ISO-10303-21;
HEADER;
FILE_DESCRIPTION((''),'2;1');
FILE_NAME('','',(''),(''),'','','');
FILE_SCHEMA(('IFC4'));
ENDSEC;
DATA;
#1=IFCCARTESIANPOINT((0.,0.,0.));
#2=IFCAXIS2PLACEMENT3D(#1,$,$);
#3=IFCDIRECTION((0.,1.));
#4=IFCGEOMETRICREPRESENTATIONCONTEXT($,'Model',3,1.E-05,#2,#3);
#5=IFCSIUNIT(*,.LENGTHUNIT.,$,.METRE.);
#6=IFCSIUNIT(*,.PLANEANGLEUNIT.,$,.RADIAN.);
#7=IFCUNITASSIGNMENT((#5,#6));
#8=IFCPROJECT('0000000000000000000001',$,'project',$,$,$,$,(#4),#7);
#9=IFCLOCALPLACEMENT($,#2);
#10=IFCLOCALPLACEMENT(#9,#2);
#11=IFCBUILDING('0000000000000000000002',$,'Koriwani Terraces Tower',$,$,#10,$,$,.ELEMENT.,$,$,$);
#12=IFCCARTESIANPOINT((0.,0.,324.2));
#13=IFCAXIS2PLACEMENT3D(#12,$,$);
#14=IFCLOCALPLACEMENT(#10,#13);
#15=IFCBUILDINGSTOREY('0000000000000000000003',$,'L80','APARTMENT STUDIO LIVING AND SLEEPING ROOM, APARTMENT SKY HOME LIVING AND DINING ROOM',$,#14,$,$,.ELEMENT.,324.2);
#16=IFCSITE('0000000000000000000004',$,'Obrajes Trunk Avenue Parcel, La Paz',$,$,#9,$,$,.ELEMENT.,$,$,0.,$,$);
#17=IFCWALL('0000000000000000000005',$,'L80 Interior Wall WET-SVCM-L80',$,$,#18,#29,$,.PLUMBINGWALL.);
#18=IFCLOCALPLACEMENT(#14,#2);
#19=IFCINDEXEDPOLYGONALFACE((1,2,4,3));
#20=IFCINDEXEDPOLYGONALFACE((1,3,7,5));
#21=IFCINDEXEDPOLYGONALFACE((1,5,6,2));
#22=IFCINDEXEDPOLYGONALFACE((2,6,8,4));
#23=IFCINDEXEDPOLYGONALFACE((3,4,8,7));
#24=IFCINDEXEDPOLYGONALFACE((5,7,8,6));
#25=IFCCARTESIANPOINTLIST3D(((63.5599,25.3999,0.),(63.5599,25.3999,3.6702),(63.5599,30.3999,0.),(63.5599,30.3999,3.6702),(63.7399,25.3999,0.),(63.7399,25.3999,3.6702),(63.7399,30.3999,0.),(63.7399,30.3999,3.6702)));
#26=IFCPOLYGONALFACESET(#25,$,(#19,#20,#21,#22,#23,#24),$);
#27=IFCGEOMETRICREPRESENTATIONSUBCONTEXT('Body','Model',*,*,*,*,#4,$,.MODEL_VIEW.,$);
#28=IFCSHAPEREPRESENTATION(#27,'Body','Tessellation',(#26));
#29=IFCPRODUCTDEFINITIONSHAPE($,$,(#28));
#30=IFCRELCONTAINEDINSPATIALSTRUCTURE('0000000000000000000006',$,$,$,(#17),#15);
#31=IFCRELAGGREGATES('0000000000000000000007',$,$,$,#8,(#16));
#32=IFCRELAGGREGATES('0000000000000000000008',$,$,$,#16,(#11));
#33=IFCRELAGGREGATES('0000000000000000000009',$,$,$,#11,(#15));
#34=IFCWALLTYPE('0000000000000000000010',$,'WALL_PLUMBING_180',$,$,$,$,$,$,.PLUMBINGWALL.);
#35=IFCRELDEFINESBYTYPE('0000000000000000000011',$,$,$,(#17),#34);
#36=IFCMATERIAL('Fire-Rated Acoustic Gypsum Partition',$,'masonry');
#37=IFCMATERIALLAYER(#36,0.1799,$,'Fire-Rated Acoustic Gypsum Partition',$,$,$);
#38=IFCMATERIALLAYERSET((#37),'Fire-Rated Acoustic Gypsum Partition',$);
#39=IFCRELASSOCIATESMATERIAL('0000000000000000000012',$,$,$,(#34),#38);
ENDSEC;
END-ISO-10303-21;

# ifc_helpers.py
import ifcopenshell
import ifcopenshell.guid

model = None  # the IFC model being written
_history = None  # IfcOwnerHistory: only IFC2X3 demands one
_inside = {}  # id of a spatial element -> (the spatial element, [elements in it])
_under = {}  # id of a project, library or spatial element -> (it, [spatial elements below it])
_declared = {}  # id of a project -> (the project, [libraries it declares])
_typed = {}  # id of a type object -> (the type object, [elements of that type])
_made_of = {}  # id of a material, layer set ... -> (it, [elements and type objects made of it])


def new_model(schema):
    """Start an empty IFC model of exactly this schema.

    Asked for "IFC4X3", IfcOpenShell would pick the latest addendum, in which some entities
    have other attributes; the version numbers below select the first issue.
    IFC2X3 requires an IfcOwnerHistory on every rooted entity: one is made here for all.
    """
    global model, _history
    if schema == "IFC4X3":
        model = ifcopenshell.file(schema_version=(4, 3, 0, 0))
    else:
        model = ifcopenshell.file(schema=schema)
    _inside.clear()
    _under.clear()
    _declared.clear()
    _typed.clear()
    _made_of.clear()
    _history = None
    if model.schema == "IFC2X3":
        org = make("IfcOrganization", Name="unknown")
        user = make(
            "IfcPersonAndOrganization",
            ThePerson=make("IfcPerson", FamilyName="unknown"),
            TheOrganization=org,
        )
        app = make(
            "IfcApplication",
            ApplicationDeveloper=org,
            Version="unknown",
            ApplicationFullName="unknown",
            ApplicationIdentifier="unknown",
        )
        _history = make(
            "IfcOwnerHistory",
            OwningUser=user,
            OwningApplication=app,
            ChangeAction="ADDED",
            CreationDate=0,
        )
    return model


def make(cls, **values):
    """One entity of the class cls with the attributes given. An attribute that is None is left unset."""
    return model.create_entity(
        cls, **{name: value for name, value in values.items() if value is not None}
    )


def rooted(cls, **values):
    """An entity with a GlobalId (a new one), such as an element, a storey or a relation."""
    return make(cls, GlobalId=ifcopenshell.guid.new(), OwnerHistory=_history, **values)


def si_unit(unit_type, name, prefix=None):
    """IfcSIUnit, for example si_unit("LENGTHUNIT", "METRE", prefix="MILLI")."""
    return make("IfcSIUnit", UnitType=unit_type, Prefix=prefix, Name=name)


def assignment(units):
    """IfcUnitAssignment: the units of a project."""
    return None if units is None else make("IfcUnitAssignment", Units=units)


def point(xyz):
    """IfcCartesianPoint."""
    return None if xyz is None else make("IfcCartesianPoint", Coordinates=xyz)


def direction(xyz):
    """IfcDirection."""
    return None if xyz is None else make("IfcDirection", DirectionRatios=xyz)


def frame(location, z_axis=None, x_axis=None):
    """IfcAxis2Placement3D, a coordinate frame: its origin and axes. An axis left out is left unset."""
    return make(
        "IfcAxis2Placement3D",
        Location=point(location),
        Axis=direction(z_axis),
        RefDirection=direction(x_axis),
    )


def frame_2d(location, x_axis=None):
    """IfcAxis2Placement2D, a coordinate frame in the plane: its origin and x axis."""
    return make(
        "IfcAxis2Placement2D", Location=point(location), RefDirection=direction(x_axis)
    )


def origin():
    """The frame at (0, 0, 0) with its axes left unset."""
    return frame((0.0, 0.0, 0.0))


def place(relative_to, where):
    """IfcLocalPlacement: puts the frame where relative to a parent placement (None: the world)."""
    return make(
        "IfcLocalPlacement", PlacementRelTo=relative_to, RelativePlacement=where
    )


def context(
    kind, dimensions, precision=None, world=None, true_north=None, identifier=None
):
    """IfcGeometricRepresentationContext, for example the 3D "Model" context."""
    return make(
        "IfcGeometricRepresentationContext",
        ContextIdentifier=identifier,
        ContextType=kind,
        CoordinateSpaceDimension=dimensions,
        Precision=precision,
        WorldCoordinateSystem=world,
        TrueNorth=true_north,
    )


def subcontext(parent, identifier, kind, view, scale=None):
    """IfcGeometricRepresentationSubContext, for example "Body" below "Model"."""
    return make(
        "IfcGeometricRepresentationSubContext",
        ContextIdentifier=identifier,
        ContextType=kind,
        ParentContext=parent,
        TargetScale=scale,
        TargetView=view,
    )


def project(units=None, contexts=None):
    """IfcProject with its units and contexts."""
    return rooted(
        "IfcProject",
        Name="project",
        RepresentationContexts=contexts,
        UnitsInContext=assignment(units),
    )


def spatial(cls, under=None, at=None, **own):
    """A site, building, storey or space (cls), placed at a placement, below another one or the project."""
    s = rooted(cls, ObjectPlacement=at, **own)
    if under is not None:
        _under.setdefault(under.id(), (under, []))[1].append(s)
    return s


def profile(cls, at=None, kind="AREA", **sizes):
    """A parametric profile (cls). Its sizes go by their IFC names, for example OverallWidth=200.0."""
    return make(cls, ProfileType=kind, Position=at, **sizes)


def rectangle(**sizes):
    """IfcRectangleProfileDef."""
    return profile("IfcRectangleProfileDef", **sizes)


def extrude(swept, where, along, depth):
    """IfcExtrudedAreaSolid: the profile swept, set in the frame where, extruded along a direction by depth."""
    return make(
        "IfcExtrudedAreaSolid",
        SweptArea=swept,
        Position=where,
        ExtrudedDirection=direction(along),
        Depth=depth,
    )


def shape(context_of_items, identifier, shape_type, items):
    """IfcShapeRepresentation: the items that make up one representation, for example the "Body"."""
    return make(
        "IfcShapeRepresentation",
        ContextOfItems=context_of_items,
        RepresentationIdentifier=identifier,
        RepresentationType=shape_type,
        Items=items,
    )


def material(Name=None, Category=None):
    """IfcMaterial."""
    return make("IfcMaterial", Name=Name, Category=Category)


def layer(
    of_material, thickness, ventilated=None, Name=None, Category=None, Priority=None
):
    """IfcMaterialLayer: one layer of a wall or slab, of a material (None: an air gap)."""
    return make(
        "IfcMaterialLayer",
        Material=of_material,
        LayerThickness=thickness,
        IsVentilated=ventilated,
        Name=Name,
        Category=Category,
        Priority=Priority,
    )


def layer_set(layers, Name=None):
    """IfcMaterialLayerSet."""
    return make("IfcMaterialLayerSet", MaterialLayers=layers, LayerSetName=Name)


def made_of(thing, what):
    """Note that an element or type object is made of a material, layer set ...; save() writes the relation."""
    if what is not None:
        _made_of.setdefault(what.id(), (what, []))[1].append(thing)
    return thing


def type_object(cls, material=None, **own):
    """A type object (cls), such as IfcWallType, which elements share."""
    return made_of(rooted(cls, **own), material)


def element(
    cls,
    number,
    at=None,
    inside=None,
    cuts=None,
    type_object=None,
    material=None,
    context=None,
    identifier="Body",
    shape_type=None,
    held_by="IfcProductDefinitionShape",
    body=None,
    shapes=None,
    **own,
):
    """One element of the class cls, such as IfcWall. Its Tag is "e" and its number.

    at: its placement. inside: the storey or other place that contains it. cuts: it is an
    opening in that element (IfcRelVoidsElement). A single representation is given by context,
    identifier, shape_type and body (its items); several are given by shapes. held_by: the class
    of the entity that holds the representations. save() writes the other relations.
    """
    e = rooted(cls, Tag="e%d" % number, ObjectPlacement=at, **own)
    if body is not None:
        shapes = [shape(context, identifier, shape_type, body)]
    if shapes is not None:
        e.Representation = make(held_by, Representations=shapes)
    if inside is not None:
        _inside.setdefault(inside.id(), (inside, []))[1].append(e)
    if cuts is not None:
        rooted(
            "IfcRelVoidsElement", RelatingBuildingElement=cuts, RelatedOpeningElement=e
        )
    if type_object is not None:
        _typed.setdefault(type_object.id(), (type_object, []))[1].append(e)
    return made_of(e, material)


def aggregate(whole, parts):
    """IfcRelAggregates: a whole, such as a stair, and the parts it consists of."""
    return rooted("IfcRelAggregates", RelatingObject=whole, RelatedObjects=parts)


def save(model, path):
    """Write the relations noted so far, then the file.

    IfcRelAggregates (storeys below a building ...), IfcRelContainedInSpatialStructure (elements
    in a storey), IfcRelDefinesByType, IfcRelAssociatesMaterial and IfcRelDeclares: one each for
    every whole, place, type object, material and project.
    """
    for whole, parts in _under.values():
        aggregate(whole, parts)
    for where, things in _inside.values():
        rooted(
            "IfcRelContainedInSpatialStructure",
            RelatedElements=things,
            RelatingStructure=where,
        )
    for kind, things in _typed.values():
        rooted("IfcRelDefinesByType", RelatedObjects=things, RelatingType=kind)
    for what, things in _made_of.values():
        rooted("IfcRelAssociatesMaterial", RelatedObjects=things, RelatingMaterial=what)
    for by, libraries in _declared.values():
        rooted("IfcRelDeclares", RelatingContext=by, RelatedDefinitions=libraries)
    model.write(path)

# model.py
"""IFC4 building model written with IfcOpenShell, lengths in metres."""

from ifc_helpers import new_model, si_unit, direction, frame, frame_2d, origin, place, context, subcontext, project, spatial, rectangle, extrude, material, layer, layer_set, type_object, element, save


model = new_model("IFC4")

# Units and contexts
model_context = context("Model", 3, precision=1e-05, world=origin(), true_north=direction((0.0, 1.0)))
body_context = subcontext(model_context, "Body", "Model", "MODEL_VIEW")
ifc_project = project(units=[si_unit("LENGTHUNIT", "METRE"), si_unit("PLANEANGLEUNIT", "RADIAN")], contexts=[model_context])

# Site, building, storey
site_placement = place(None, origin())
site = spatial("IfcSite", under=ifc_project, at=site_placement, Name="Obrajes Trunk Avenue Parcel, La Paz", CompositionType="ELEMENT", RefElevation=0.0)
building_placement = place(site_placement, origin())
building = spatial("IfcBuilding", under=site, at=building_placement, Name="Koriwani Terraces Tower", CompositionType="ELEMENT")
storey_placement = place(building_placement, frame((0.0, 0.0, 324.2)))
storey = spatial("IfcBuildingStorey", under=building, at=storey_placement, Name="L80", Description="APARTMENT STUDIO LIVING AND SLEEPING ROOM, APARTMENT SKY HOME LIVING AND DINING ROOM", CompositionType="ELEMENT", Elevation=324.2)

# Shared definitions
ifc_material_1 = material(Name="Fire-Rated Acoustic Gypsum Partition", Category="masonry")
ifc_layer_1 = layer(ifc_material_1, 0.1799, Name="Fire-Rated Acoustic Gypsum Partition")
ifc_layer_set_1 = layer_set([ifc_layer_1], Name="Fire-Rated Acoustic Gypsum Partition")
wall_type = type_object("IfcWallType", Name="WALL_PLUMBING_180", PredefinedType="PLUMBINGWALL", material=ifc_layer_set_1)

# Wall
wall_1_placement = place(storey_placement, frame((63.6499, 25.3999, 0.0), z_axis=(0.0, 0.0, 1.0), x_axis=(0.0, 1.0, 0.0)))
element("IfcWall", 1, at=wall_1_placement, inside=storey, type_object=wall_type, Name="L80 Interior Wall WET-SVCM-L80", PredefinedType="PLUMBINGWALL", context=body_context, shape_type="SweptSolid", body=[
    extrude(rectangle(XDim=5.0, YDim=0.1799, at=frame_2d((2.5, 0.0))), origin(), (0.0, 0.0, 1.0), 3.6702),
])

save(model, "model.ifc")
